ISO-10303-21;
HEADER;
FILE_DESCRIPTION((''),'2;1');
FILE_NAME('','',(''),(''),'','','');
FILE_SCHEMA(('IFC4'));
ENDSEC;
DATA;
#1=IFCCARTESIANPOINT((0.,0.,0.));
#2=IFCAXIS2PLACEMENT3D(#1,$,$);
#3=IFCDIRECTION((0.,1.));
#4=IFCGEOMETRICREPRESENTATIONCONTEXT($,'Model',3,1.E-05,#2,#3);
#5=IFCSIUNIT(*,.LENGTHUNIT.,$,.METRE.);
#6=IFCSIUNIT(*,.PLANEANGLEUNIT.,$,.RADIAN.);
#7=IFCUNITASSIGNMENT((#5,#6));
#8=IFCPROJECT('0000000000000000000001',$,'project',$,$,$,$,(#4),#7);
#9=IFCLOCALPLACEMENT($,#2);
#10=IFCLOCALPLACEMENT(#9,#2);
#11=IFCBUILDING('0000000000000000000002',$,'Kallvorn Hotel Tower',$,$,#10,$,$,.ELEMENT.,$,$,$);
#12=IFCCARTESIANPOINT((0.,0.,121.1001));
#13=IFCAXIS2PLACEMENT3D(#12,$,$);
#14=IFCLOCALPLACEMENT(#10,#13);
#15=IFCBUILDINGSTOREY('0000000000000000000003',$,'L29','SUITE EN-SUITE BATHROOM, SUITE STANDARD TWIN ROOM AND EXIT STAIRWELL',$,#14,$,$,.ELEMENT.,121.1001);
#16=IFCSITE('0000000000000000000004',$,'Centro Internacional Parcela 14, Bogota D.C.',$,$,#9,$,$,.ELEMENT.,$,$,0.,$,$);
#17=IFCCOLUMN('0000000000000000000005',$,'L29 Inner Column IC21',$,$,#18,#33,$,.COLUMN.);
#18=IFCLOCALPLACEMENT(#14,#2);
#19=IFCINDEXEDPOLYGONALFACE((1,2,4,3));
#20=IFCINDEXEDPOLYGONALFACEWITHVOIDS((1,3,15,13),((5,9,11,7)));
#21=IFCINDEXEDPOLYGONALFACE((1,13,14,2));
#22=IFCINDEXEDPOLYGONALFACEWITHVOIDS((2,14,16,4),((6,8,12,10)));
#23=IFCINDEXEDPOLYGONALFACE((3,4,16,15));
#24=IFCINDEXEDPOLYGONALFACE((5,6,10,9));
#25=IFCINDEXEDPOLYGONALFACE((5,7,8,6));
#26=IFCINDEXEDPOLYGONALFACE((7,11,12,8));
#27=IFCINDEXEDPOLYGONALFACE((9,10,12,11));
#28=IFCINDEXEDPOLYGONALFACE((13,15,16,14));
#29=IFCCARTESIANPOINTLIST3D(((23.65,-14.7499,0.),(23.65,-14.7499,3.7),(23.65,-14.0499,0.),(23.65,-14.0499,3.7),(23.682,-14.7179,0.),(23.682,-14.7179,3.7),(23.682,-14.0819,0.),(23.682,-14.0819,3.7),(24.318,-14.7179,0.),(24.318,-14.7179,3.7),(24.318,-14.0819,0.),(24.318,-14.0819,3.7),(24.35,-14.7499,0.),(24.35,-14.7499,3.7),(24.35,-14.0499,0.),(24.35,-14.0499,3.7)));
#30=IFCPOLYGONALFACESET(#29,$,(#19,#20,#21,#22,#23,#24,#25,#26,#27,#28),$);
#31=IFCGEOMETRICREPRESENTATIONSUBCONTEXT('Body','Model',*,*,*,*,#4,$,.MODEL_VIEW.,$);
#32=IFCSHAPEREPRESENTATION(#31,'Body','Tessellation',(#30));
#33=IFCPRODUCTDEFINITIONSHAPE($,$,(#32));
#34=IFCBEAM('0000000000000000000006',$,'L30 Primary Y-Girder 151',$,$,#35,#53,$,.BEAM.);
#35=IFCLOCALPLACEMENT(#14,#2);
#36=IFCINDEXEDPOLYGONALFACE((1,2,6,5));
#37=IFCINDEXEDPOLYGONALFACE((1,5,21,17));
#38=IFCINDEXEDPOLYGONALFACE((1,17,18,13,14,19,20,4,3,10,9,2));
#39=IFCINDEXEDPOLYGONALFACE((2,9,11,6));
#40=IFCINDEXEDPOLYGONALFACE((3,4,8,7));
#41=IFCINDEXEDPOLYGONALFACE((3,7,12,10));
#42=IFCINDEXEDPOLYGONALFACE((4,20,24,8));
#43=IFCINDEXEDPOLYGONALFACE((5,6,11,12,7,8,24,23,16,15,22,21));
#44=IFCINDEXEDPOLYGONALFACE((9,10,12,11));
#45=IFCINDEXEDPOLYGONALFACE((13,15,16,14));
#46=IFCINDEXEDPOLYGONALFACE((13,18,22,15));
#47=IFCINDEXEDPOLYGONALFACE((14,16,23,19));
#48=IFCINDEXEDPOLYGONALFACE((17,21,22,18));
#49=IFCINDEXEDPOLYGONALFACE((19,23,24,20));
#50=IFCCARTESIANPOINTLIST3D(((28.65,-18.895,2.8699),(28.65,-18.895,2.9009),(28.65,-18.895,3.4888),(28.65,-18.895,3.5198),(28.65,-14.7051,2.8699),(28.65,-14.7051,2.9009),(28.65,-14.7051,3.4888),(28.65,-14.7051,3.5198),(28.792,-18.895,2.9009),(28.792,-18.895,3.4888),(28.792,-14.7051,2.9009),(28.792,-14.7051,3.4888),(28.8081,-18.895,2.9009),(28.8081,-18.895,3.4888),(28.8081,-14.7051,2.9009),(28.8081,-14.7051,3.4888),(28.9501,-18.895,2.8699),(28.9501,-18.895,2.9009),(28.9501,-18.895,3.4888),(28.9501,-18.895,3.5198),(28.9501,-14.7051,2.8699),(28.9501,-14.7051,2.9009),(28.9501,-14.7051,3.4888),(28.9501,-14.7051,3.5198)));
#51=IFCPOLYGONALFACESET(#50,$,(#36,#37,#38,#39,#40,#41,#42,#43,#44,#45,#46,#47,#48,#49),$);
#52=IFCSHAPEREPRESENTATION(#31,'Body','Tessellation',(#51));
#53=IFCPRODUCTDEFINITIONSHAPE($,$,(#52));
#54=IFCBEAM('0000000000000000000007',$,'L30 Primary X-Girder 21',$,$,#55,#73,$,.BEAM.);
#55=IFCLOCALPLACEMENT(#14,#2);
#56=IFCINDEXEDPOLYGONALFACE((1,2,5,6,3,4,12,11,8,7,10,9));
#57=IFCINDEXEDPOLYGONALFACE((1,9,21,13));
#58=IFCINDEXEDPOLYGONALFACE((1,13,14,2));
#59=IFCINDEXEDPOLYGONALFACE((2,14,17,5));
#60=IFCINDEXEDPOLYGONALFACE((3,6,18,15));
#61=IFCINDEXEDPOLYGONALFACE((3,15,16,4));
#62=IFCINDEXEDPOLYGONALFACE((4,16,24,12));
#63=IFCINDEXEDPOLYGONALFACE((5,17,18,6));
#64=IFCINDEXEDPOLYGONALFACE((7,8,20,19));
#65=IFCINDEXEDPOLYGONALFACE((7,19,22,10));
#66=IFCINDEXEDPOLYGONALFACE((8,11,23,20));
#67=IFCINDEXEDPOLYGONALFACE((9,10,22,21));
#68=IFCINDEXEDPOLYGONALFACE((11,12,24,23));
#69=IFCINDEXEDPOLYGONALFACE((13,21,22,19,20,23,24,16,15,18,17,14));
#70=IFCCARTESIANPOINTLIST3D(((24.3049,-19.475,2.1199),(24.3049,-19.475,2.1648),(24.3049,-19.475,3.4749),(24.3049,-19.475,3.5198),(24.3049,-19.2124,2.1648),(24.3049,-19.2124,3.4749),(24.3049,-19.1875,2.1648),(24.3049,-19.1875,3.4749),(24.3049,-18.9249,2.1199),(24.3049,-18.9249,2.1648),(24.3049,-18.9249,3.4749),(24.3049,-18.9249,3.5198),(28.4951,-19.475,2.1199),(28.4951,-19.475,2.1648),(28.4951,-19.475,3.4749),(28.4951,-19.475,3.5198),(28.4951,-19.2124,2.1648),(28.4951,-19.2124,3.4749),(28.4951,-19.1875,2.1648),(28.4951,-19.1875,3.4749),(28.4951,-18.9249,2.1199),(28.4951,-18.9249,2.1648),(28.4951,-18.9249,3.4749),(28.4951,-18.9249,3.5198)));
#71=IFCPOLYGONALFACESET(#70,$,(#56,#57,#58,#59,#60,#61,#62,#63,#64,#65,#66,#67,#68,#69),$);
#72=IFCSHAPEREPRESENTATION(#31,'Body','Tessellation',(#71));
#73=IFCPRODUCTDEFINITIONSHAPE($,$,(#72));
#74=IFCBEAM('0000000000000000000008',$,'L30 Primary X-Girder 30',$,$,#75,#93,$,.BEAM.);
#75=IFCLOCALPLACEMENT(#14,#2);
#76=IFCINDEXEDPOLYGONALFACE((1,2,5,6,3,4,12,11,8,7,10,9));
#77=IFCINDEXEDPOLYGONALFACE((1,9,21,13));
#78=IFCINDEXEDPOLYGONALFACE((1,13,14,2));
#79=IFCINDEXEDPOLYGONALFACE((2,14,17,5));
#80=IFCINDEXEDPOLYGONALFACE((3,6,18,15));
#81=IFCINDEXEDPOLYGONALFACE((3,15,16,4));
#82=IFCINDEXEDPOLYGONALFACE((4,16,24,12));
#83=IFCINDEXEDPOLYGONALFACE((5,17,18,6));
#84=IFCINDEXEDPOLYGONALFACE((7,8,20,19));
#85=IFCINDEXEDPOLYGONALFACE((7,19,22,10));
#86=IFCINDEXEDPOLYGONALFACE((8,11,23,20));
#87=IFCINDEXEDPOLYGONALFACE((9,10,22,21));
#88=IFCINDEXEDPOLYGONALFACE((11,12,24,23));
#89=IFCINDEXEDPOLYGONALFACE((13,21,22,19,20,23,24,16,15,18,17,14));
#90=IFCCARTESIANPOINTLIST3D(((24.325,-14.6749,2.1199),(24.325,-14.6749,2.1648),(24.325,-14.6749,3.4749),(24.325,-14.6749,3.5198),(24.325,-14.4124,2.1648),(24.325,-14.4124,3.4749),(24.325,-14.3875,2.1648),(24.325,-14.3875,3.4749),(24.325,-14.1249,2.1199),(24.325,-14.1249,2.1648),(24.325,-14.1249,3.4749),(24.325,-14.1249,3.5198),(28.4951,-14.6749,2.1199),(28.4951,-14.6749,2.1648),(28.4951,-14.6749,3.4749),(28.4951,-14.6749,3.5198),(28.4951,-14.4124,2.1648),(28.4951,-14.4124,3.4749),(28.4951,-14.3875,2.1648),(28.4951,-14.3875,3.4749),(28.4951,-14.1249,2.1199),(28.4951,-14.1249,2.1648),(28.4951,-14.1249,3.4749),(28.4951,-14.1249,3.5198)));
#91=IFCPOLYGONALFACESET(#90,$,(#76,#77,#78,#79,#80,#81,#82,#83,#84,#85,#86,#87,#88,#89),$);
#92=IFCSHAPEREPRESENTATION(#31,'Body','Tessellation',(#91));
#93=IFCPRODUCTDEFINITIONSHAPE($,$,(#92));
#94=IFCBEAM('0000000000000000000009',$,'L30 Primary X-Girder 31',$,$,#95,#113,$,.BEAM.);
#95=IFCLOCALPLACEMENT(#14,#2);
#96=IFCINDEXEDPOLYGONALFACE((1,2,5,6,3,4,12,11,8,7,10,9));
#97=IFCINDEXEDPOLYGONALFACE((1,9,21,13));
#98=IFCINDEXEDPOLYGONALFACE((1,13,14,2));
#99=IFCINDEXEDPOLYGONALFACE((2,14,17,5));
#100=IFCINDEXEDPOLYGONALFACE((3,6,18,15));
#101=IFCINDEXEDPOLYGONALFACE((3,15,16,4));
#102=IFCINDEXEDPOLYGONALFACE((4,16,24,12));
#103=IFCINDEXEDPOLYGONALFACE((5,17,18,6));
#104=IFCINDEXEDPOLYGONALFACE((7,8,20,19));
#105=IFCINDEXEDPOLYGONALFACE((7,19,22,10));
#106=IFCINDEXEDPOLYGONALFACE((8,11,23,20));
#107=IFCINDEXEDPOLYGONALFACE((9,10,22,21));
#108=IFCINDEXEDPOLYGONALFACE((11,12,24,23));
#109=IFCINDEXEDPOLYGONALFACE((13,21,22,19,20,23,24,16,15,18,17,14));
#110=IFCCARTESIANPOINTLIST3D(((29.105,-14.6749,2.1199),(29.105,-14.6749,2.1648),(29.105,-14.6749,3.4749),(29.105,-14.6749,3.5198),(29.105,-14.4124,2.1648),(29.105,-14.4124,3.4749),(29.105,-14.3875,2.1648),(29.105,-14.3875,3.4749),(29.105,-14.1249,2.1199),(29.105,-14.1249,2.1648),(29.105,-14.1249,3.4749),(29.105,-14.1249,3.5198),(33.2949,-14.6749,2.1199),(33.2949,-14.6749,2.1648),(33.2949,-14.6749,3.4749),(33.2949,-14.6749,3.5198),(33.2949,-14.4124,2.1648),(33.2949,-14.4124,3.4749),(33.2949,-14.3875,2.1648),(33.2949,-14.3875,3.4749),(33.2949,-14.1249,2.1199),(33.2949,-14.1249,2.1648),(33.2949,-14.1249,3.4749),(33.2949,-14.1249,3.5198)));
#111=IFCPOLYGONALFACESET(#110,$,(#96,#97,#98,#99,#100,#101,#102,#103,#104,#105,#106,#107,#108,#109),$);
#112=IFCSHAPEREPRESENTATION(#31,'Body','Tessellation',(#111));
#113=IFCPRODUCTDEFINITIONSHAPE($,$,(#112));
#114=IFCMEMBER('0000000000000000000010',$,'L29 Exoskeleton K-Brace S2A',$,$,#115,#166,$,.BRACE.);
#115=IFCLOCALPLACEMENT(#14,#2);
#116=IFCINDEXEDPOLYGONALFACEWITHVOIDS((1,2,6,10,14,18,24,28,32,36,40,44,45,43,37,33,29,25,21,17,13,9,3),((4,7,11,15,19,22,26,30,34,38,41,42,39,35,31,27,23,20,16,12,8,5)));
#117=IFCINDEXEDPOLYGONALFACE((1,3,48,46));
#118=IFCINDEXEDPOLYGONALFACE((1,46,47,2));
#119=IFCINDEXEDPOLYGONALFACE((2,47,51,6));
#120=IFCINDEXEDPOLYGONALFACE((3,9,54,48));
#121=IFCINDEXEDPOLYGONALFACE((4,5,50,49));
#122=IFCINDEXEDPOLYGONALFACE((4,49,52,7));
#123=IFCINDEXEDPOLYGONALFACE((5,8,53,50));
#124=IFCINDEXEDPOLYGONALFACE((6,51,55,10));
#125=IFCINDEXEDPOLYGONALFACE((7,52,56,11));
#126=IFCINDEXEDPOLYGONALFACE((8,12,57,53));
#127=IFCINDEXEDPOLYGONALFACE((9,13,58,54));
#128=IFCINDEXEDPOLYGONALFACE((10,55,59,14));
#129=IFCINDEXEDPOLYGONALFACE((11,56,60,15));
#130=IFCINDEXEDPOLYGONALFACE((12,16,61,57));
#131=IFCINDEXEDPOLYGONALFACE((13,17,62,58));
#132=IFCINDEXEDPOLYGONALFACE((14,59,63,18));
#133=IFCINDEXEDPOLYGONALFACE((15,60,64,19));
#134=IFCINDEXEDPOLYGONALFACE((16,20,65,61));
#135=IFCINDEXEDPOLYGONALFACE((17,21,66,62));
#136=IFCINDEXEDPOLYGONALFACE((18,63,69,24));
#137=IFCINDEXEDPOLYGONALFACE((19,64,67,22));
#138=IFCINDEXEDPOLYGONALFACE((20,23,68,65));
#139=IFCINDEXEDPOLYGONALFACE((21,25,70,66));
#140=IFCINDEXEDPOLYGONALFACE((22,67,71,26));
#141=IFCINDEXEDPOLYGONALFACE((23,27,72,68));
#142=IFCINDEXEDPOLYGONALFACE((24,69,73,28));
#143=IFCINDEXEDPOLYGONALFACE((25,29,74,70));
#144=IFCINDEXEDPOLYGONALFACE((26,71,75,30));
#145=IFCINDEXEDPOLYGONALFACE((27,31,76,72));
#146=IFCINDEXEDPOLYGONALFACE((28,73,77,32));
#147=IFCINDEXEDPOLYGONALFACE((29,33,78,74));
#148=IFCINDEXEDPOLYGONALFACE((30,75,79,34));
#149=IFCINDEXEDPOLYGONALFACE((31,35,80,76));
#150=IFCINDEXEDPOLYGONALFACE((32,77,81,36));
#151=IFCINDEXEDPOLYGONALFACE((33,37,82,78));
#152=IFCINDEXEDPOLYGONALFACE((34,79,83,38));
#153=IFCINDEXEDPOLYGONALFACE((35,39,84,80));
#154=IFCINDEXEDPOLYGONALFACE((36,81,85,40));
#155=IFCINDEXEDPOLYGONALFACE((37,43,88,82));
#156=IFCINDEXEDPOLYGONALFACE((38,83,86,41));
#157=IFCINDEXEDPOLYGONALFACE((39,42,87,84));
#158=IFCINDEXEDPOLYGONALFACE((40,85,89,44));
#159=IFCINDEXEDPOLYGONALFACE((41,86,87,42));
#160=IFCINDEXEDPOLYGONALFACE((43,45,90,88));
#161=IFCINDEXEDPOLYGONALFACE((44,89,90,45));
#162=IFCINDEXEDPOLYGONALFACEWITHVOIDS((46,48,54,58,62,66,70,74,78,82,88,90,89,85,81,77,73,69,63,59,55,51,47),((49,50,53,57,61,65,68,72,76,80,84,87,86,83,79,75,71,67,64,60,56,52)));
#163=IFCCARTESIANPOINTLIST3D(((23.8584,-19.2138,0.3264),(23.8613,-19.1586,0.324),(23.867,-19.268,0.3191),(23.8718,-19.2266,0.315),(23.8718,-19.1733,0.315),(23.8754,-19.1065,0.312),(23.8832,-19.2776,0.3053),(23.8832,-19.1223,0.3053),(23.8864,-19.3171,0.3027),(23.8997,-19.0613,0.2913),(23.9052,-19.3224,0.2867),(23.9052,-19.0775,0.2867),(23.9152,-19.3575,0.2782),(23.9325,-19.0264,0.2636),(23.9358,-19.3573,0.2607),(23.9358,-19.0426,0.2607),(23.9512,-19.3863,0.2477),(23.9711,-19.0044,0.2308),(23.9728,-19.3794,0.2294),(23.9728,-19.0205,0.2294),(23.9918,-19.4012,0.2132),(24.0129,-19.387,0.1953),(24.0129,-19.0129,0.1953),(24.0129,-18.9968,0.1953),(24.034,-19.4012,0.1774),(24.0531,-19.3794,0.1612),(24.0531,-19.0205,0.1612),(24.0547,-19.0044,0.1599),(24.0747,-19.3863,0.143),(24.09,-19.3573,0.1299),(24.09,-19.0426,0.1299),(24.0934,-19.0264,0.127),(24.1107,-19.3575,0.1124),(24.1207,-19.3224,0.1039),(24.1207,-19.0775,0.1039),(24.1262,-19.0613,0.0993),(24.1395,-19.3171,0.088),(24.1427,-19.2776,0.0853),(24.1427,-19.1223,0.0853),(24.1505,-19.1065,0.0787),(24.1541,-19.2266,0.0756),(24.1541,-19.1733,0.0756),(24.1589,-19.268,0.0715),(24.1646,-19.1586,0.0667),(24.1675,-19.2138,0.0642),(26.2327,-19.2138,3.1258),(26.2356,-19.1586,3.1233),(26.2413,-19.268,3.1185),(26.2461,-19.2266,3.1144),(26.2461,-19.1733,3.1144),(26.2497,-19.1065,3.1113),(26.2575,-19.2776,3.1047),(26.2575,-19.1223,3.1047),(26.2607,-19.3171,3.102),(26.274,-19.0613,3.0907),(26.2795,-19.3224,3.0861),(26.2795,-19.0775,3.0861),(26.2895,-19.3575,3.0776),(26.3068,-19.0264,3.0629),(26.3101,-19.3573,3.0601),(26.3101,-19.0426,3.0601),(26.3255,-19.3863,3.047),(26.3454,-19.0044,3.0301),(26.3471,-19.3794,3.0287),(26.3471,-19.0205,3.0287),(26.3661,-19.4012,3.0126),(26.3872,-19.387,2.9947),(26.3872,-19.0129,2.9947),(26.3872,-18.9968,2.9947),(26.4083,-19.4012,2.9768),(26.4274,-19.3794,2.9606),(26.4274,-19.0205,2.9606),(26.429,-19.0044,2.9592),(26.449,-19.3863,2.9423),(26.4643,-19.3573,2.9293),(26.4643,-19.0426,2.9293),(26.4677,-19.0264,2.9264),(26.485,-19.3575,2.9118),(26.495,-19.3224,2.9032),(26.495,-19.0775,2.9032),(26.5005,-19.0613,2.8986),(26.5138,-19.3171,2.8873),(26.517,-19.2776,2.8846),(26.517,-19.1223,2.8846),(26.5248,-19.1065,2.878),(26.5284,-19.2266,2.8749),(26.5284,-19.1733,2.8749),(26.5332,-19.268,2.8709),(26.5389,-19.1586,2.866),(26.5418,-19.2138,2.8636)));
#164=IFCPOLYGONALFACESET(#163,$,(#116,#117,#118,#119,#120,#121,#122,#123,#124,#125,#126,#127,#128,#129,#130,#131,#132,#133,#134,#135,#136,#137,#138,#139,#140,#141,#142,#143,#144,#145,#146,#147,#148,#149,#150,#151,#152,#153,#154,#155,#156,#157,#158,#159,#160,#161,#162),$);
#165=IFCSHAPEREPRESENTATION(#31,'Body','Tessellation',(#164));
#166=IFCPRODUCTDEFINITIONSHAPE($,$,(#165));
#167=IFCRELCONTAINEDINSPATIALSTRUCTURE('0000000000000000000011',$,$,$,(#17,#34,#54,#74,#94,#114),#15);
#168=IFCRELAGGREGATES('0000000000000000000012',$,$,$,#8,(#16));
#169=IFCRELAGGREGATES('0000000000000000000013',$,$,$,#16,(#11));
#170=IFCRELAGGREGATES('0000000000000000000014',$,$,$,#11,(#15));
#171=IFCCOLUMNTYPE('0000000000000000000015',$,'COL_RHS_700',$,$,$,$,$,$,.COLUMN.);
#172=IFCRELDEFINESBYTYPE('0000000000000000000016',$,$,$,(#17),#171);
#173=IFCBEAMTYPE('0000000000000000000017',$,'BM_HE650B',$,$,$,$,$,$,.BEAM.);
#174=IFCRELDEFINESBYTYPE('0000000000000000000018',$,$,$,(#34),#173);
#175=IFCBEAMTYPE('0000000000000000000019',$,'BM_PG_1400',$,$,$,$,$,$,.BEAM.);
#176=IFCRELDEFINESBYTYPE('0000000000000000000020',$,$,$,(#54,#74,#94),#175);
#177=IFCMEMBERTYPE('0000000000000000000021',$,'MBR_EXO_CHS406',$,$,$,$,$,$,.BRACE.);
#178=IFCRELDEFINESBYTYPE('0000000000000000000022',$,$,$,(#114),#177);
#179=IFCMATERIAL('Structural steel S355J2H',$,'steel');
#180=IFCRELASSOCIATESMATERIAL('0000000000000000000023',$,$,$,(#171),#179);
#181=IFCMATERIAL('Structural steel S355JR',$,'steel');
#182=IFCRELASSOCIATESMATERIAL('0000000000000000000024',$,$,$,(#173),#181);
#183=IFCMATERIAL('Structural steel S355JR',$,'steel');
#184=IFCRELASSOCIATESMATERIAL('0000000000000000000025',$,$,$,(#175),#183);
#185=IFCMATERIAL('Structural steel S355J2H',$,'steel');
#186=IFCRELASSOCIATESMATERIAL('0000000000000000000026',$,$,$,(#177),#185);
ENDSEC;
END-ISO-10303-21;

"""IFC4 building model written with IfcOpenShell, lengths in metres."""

from ifc_helpers import new_model, si_unit, direction, frame, origin, origin_2d, place, context, subcontext, project, spatial, hollow_rectangle, hollow_circle, i_section, extrude, material, material_profile, profile_set, type_object, element, save


model = new_model("IFC4")

# Units and contexts
model_context = context("Model", 3, precision=1e-05, world=origin(), true_north=direction((0.0, 1.0)))
body_context = subcontext(model_context, "Body", "Model", "MODEL_VIEW")
ifc_project = project(units=[si_unit("LENGTHUNIT", "METRE"), si_unit("PLANEANGLEUNIT", "RADIAN")], contexts=[model_context])

# Site, building, storey
site_placement = place(None, origin())
site = spatial("IfcSite", under=ifc_project, at=site_placement, Name="Centro Internacional Parcela 14, Bogota D.C.", CompositionType="ELEMENT", RefElevation=0.0)
building_placement = place(site_placement, origin())
building = spatial("IfcBuilding", under=site, at=building_placement, Name="Kallvorn Hotel Tower", CompositionType="ELEMENT")
storey_placement = place(building_placement, frame((0.0, 0.0, 121.1001)))
storey = spatial("IfcBuildingStorey", under=building, at=storey_placement, Name="L29", Description="SUITE EN-SUITE BATHROOM, SUITE STANDARD TWIN ROOM AND EXIT STAIRWELL", CompositionType="ELEMENT", Elevation=121.1001)

# Column
ifc_material_1 = material(Name="Structural steel S355J2H", Category="steel")
ifc_material_profile_1 = material_profile(ifc_material_1, hollow_rectangle(XDim=0.7, YDim=0.7, WallThickness=0.032, at=origin_2d()), Name="RHS 700x700x32")
ifc_profile_set_1 = profile_set([ifc_material_profile_1], Name="Structural steel S355J2H")
column_type_1 = type_object("IfcColumnType", Name="COL_RHS_700", PredefinedType="COLUMN", material=ifc_profile_set_1)
column_placement = place(storey_placement, frame((24.0, -14.3999, 0.0), z_axis=(0.0, 0.0, 1.0), x_axis=(1.0, 0.0, 0.0)))
element("IfcColumn", 1, at=column_placement, inside=storey, type_object=column_type_1, Name="L29 Inner Column IC21", PredefinedType="COLUMN", context=body_context, shape_type="SweptSolid", body=[
    extrude(hollow_rectangle(XDim=0.7, YDim=0.7, WallThickness=0.032, at=origin_2d()), origin(), (0.0, 0.0, 1.0), 3.7),
])

# Beams
ifc_material_2 = material(Name="Structural steel S355JR", Category="steel")
ifc_material_profile_2 = material_profile(ifc_material_2, i_section(OverallWidth=0.3, OverallDepth=0.6499, WebThickness=0.0161, FlangeThickness=0.031, at=origin_2d()), Name="HE 650 B")
ifc_profile_set_2 = profile_set([ifc_material_profile_2], Name="Structural steel S355JR")
beam_type_1 = type_object("IfcBeamType", Name="BM_HE650B", PredefinedType="BEAM", material=ifc_profile_set_2)
beam_1_placement = place(storey_placement, frame((28.8, -18.895, 3.1948), z_axis=(0.0, 1.0, 0.0), x_axis=(-1.0, 0.0, 0.0)))
element("IfcBeam", 2, at=beam_1_placement, inside=storey, type_object=beam_type_1, Name="L30 Primary Y-Girder 151", PredefinedType="BEAM", context=body_context, shape_type="SweptSolid", body=[
    extrude(i_section(OverallWidth=0.3, OverallDepth=0.6499, WebThickness=0.0161, FlangeThickness=0.031, at=origin_2d()), origin(), (0.0, 0.0, 1.0), 4.1899),
])
ifc_material_3 = material(Name="Structural steel S355JR", Category="steel")
ifc_material_profile_3 = material_profile(ifc_material_3, i_section(OverallWidth=0.55, OverallDepth=1.3999, WebThickness=0.0249, FlangeThickness=0.0449, at=origin_2d()), Name="PG 1400x550x25x45")
ifc_profile_set_3 = profile_set([ifc_material_profile_3], Name="Structural steel S355JR")
beam_type_2 = type_object("IfcBeamType", Name="BM_PG_1400", PredefinedType="BEAM", material=ifc_profile_set_3)
beam_2_placement = place(storey_placement, frame((24.3049, -19.2, 2.8198), z_axis=(1.0, 0.0, 0.0), x_axis=(0.0, 1.0, 0.0)))
element("IfcBeam", 3, at=beam_2_placement, inside=storey, type_object=beam_type_2, Name="L30 Primary X-Girder 21", PredefinedType="BEAM", context=body_context, shape_type="SweptSolid", body=[
    extrude(i_section(OverallWidth=0.55, OverallDepth=1.3999, WebThickness=0.0249, FlangeThickness=0.0449, at=origin_2d()), origin(), (0.0, 0.0, 1.0), 4.1902),
])
beam_3_placement = place(storey_placement, frame((24.325, -14.3999, 2.8198), z_axis=(1.0, 0.0, 0.0), x_axis=(0.0, 1.0, 0.0)))
element("IfcBeam", 4, at=beam_3_placement, inside=storey, type_object=beam_type_2, Name="L30 Primary X-Girder 30", PredefinedType="BEAM", context=body_context, shape_type="SweptSolid", body=[
    extrude(i_section(OverallWidth=0.55, OverallDepth=1.3999, WebThickness=0.0249, FlangeThickness=0.0449, at=origin_2d()), origin(), (0.0, 0.0, 1.0), 4.1702),
])
beam_4_placement = place(storey_placement, frame((29.105, -14.3999, 2.8198), z_axis=(1.0, 0.0, 0.0), x_axis=(0.0, 1.0, 0.0)))
element("IfcBeam", 5, at=beam_4_placement, inside=storey, type_object=beam_type_2, Name="L30 Primary X-Girder 31", PredefinedType="BEAM", context=body_context, shape_type="SweptSolid", body=[
    extrude(i_section(OverallWidth=0.55, OverallDepth=1.3999, WebThickness=0.0249, FlangeThickness=0.0449, at=origin_2d()), origin(), (0.0, 0.0, 1.0), 4.1899),
])

# Member
ifc_material_4 = material(Name="Structural steel S355J2H", Category="steel")
ifc_material_profile_4 = material_profile(ifc_material_4, hollow_circle(Radius=0.2031, WallThickness=0.0161, at=origin_2d()), Name="CHS 406.4x16")
ifc_profile_set_4 = profile_set([ifc_material_profile_4], Name="Structural steel S355J2H")
member_type = type_object("IfcMemberType", Name="MBR_EXO_CHS406", PredefinedType="BRACE", material=ifc_profile_set_4)
for number, where, z_axis, x_axis, name in (
    (6, (24.0129, -19.2, 0.1953), (0.646833, 0.0, 0.762631), (0.0, 1.0, 0.0), "L29 Exoskeleton K-Brace S2A"),
):
    element("IfcMember", number, at=place(storey_placement, frame(where, z_axis=z_axis, x_axis=x_axis)), inside=storey, type_object=member_type, Name=name, PredefinedType="BRACE", context=body_context, shape_type="SweptSolid", body=[
        extrude(hollow_circle(Radius=0.2031, WallThickness=0.0161, at=origin_2d()), origin(), (0.0, 0.0, 1.0), 3.6707),
    ])

save(model, "model.ifc")
